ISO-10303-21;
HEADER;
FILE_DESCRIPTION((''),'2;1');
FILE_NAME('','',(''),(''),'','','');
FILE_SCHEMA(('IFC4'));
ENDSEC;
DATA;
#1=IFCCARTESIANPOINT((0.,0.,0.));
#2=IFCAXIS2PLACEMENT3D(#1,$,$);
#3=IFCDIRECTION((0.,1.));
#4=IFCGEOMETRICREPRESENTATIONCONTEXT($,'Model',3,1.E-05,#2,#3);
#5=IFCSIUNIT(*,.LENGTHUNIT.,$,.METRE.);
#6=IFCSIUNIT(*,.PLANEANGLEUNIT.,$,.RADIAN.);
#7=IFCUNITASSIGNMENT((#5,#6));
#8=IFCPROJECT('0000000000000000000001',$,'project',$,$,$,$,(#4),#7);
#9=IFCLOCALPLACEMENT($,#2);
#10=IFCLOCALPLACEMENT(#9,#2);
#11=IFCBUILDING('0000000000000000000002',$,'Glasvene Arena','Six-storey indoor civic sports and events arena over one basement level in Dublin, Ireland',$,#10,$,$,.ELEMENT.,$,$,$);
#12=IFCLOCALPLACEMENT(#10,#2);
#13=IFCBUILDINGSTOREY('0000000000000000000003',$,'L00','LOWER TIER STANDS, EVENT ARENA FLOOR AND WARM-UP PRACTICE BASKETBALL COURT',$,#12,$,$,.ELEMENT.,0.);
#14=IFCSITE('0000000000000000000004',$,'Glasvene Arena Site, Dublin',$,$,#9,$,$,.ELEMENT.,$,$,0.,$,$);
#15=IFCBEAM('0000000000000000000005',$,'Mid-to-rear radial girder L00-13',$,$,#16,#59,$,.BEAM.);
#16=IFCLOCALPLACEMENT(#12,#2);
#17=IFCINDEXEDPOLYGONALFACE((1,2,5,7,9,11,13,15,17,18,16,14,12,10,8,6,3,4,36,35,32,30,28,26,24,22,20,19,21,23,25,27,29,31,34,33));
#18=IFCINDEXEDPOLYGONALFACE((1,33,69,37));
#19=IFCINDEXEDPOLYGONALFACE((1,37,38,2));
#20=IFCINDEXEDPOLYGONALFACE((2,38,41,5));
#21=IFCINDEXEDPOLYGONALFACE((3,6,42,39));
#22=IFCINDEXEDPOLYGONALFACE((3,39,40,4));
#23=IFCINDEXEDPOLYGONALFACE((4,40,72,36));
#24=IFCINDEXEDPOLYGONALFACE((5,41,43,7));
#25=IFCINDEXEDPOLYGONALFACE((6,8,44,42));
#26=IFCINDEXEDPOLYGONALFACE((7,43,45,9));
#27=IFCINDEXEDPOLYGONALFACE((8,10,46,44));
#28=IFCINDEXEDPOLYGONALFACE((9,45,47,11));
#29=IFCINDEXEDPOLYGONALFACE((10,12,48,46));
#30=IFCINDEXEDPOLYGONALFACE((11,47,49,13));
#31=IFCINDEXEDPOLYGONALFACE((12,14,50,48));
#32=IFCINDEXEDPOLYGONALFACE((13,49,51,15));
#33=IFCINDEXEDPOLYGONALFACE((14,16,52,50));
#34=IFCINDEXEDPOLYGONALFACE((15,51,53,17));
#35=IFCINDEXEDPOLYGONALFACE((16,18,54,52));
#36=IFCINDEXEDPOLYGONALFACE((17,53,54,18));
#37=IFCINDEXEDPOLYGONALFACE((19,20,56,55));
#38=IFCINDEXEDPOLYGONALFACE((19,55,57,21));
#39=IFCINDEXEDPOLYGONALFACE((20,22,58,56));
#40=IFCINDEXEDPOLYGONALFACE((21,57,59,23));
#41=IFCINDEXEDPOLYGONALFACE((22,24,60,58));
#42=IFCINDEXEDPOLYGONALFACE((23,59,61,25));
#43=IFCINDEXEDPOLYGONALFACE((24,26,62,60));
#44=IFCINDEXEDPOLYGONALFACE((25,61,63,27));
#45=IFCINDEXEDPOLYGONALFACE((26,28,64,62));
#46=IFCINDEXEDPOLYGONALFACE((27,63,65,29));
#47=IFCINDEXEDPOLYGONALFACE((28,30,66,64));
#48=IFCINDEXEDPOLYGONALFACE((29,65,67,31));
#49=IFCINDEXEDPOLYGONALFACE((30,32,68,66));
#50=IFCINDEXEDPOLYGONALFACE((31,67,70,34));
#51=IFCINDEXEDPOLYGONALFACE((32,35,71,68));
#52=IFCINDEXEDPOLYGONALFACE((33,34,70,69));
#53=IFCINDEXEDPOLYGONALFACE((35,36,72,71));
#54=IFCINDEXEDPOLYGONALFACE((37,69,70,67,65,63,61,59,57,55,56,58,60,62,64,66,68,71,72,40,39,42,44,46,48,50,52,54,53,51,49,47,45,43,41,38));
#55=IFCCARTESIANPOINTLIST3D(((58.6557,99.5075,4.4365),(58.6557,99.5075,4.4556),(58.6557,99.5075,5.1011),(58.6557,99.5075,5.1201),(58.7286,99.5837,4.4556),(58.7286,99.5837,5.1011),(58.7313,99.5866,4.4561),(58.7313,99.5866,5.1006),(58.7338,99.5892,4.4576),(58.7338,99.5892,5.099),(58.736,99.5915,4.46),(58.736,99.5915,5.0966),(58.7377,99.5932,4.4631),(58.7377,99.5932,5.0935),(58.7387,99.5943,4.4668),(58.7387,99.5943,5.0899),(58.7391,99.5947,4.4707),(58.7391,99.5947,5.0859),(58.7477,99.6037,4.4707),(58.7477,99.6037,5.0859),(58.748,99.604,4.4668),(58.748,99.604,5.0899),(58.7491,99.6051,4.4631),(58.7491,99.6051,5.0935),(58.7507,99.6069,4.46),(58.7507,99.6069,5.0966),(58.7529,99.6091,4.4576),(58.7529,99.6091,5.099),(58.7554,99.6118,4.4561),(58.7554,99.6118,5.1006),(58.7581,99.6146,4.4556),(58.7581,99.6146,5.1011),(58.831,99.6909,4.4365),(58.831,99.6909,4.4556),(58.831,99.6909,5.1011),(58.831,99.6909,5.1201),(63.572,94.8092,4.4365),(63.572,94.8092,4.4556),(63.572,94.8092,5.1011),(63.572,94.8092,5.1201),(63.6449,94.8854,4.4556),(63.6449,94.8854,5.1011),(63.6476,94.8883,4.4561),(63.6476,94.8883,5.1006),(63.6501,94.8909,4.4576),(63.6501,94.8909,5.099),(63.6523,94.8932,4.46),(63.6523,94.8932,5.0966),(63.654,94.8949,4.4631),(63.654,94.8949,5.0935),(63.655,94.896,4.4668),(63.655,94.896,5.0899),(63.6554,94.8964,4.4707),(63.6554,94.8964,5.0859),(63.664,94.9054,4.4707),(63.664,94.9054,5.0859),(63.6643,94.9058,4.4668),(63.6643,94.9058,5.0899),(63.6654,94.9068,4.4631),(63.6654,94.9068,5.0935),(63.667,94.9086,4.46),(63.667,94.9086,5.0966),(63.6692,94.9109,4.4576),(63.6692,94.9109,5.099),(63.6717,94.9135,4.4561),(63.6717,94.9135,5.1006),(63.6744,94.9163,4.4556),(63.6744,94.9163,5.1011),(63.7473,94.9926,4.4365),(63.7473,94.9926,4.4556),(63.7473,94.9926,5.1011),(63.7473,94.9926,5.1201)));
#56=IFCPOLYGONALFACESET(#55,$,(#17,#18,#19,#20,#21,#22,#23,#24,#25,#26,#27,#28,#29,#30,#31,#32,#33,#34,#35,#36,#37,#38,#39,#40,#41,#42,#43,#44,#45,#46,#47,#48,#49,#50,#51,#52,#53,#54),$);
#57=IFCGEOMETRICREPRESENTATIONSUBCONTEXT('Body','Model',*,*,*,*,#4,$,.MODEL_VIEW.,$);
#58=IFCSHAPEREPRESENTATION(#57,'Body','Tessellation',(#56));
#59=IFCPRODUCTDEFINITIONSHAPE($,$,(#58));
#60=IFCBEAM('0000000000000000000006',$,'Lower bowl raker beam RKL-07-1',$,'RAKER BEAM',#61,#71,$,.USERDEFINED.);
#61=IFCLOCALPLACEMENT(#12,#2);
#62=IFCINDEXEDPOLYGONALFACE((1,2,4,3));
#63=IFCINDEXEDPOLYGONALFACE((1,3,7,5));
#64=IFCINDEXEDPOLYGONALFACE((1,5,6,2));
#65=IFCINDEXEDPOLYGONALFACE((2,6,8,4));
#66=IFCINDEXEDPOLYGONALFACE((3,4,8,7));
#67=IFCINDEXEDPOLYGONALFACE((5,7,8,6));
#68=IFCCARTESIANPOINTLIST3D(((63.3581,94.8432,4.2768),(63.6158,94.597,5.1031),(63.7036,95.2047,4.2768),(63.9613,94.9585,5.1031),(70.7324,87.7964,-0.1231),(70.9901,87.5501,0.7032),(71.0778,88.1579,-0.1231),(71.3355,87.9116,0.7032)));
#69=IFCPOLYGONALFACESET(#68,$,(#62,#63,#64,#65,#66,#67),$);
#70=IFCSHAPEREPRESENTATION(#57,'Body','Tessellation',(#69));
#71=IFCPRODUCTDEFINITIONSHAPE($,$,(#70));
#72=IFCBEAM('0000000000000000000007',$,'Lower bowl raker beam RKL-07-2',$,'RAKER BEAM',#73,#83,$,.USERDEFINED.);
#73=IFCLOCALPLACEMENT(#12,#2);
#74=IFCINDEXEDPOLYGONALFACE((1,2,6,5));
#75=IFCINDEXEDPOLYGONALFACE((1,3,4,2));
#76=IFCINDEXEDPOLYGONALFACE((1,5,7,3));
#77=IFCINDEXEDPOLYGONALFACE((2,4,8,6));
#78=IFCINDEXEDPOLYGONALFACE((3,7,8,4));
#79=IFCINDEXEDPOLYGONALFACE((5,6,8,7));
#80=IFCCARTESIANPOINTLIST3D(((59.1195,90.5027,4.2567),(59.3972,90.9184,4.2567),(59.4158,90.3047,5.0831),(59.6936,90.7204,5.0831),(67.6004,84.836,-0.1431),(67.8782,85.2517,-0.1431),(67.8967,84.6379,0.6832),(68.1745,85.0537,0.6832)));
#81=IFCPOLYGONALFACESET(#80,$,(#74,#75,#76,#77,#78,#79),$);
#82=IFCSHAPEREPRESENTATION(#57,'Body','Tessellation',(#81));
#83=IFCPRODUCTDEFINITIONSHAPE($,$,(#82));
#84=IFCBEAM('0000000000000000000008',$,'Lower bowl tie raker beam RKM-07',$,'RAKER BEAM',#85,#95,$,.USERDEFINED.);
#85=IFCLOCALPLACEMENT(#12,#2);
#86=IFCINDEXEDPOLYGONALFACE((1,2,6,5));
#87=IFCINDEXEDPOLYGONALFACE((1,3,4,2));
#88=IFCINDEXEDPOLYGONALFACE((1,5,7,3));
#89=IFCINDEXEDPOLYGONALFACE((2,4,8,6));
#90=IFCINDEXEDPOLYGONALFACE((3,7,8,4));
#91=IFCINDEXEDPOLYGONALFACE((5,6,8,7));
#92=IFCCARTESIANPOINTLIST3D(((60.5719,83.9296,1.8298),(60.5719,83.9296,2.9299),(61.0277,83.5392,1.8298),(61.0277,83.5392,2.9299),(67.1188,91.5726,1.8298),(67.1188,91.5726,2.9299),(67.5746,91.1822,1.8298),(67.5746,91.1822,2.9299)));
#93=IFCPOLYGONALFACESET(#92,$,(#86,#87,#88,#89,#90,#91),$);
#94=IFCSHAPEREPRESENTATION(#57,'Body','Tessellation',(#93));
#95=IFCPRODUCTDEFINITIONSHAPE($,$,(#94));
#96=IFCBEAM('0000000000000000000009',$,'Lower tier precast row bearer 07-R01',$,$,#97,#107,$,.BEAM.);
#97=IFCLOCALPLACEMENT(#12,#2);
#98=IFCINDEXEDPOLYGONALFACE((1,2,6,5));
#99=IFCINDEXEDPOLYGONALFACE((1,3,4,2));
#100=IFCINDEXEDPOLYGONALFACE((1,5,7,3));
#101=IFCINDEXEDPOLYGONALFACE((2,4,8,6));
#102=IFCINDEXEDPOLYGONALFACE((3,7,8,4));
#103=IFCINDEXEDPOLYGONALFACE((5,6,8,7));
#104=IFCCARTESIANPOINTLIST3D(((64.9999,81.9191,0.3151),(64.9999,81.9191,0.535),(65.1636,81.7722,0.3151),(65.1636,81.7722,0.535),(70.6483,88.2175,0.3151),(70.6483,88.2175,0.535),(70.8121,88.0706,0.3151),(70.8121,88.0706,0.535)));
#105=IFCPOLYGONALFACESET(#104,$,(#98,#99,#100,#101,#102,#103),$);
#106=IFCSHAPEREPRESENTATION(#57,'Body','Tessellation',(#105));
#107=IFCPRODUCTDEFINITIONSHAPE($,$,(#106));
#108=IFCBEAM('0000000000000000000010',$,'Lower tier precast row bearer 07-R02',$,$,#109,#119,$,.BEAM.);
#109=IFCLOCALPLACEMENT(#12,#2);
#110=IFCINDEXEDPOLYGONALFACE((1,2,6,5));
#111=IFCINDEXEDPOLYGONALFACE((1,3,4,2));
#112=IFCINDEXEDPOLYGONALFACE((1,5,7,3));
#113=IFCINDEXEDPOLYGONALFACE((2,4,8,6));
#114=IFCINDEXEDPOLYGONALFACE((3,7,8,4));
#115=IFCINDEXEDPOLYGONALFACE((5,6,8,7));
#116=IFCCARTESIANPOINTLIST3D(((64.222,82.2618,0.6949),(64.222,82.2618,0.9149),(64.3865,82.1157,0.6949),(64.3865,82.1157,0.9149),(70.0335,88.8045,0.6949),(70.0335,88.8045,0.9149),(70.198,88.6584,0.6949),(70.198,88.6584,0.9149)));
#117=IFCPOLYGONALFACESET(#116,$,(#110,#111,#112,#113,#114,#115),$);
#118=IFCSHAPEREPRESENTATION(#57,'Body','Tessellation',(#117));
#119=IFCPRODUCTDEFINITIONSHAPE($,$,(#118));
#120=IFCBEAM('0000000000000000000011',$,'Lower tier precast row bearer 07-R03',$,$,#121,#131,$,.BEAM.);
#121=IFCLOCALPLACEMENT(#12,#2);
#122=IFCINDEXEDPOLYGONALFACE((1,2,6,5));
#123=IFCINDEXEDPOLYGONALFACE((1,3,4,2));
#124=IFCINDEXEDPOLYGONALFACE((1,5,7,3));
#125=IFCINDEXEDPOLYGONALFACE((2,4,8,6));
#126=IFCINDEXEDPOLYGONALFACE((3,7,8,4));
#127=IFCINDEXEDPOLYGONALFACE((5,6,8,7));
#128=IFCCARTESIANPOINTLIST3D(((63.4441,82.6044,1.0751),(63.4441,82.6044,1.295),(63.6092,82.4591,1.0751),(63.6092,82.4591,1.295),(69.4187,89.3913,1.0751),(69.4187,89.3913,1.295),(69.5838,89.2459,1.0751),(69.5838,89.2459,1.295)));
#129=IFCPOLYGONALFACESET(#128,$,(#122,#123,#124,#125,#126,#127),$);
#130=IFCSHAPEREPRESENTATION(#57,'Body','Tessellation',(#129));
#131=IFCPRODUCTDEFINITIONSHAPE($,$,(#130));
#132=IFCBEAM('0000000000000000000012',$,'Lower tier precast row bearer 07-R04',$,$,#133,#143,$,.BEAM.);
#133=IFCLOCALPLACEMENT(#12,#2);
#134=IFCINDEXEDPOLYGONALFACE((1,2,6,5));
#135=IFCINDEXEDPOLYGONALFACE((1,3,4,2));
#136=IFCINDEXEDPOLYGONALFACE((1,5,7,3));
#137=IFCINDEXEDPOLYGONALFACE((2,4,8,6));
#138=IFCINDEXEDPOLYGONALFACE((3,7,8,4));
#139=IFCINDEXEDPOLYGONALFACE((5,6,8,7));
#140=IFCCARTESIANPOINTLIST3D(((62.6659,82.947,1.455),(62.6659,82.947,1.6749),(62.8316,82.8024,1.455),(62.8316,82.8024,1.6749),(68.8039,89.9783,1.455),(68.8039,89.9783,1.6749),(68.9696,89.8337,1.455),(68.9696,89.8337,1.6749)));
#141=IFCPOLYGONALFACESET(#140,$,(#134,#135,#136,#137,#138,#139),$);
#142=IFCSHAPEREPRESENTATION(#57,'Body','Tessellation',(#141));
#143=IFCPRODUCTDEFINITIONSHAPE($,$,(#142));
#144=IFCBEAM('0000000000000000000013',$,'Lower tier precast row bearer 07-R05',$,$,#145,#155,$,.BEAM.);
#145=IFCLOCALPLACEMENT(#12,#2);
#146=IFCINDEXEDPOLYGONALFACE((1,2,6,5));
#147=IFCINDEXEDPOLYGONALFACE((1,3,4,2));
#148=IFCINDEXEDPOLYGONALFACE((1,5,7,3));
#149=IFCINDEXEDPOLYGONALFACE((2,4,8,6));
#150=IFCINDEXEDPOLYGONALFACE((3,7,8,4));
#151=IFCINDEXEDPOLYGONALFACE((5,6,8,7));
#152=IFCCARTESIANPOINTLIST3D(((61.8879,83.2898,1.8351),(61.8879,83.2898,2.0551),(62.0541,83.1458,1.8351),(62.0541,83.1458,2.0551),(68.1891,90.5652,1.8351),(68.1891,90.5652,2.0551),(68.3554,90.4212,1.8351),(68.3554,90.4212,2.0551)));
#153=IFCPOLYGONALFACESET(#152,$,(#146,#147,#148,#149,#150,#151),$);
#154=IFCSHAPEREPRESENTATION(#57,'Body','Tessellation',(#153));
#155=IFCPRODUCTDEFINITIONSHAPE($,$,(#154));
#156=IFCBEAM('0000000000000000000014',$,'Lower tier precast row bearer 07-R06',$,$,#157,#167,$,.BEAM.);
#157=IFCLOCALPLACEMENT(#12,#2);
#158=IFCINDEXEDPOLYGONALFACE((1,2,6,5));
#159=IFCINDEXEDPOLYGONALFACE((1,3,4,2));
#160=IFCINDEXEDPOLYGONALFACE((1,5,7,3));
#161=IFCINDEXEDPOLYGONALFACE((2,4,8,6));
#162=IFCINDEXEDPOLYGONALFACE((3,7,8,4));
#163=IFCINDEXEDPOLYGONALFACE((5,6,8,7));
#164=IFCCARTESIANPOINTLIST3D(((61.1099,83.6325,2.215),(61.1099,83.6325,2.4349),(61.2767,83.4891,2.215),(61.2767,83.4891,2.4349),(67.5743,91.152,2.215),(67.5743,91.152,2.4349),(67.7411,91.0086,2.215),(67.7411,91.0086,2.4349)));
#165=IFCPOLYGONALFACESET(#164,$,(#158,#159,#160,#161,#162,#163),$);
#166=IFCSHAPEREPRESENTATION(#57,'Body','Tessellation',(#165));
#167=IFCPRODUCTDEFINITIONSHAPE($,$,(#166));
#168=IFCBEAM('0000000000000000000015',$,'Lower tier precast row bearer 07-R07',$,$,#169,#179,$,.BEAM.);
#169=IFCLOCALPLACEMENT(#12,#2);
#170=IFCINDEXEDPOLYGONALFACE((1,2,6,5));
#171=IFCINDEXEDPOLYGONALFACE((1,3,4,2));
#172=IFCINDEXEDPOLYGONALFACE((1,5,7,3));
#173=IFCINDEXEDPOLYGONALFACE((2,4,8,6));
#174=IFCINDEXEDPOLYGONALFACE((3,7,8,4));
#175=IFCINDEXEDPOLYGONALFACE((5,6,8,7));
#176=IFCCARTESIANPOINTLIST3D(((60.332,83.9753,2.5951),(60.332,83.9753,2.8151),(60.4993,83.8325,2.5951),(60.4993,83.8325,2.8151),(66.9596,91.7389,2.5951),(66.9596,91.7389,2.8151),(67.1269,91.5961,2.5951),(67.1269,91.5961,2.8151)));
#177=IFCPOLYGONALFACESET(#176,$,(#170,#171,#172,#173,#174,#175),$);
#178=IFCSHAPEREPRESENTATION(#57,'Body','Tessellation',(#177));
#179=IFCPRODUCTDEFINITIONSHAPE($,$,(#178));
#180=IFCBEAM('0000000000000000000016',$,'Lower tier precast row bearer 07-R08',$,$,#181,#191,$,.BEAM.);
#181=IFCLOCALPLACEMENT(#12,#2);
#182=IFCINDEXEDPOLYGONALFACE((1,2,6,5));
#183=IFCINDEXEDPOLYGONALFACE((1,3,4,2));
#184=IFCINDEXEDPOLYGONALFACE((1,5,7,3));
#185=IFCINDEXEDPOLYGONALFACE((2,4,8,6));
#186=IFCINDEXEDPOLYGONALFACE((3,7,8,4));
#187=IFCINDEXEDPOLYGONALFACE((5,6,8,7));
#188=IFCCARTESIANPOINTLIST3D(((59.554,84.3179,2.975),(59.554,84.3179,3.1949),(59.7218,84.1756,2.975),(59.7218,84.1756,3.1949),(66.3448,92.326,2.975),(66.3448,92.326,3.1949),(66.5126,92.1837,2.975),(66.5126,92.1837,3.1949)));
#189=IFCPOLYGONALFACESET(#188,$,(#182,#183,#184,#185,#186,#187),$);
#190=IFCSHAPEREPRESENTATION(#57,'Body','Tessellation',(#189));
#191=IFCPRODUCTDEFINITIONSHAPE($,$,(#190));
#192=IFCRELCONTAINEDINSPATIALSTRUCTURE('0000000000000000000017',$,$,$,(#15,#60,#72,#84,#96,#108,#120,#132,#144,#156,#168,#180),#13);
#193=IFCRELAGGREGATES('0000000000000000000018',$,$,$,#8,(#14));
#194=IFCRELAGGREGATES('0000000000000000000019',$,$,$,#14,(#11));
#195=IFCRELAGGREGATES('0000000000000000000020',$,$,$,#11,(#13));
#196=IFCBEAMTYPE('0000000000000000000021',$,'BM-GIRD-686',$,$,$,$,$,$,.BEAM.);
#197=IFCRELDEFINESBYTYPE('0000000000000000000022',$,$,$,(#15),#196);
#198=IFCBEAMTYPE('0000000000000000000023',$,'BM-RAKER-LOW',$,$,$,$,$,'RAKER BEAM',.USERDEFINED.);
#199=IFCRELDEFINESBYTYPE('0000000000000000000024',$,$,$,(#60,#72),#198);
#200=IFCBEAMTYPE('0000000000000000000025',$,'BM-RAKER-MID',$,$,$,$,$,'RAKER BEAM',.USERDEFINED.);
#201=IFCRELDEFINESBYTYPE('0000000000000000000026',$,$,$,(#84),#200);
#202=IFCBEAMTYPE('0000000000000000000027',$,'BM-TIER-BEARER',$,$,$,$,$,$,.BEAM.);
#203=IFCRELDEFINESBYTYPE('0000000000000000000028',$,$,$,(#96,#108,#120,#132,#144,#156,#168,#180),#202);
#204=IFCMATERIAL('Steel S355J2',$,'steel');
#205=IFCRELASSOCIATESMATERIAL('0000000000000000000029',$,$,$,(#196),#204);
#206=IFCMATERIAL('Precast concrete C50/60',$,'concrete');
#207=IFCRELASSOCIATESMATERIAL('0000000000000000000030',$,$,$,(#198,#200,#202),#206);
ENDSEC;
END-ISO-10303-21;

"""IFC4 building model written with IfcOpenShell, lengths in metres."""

from ifc_helpers import new_model, si_unit, direction, frame, origin, origin_2d, place, context, subcontext, project, spatial, rectangle, i_section, extrude, material, material_profile, profile_set, type_object, element, save


model = new_model("IFC4")

# Units and contexts
model_context = context("Model", 3, precision=1e-05, world=origin(), true_north=direction((0.0, 1.0)))
body_context = subcontext(model_context, "Body", "Model", "MODEL_VIEW")
ifc_project = project(units=[si_unit("LENGTHUNIT", "METRE"), si_unit("PLANEANGLEUNIT", "RADIAN")], contexts=[model_context])

# Site, building, storey
site_placement = place(None, origin())
site = spatial("IfcSite", under=ifc_project, at=site_placement, Name="Glasvene Arena Site, Dublin", CompositionType="ELEMENT", RefElevation=0.0)
building_placement = place(site_placement, origin())
building = spatial("IfcBuilding", under=site, at=building_placement, Name="Glasvene Arena", Description="Six-storey indoor civic sports and events arena over one basement level in Dublin, Ireland", CompositionType="ELEMENT")
storey_placement = place(building_placement, origin())
storey = spatial("IfcBuildingStorey", under=building, at=storey_placement, Name="L00", Description="LOWER TIER STANDS, EVENT ARENA FLOOR AND WARM-UP PRACTICE BASKETBALL COURT", CompositionType="ELEMENT", Elevation=0.0)

# Beams
ifc_material_1 = material(Name="Steel S355J2", Category="steel")
ifc_material_profile_1 = material_profile(ifc_material_1, i_section(OverallWidth=0.2537, OverallDepth=0.6836, WebThickness=0.0125, FlangeThickness=0.019, FilletRadius=0.0151, at=origin_2d()), Name="UKB 686x254x140")
ifc_profile_set_1 = profile_set([ifc_material_profile_1], Name="Steel S355J2")
beam_type_1 = type_object("IfcBeamType", Name="BM-GIRD-686", PredefinedType="BEAM", material=ifc_profile_set_1)
beam_1_placement = place(storey_placement, frame((63.6597, 94.9009, 4.7783), z_axis=(-0.722955, 0.690895, 0.0), x_axis=(-0.690895, -0.722955, 0.0)))
element("IfcBeam", 1, at=beam_1_placement, inside=storey, type_object=beam_type_1, Name="Mid-to-rear radial girder L00-13", PredefinedType="BEAM", context=body_context, shape_type="SweptSolid", body=[
    extrude(i_section(OverallWidth=0.2537, OverallDepth=0.6836, WebThickness=0.0125, FlangeThickness=0.019, FilletRadius=0.0151, at=origin_2d()), origin(), (0.0, 0.0, 1.0), 6.8003),
])
ifc_material_2 = material(Name="Precast concrete C50/60", Category="concrete")
ifc_material_profile_2 = material_profile(ifc_material_2, rectangle(XDim=0.5, YDim=0.8999, at=origin_2d()), Name="RC 500x900")
ifc_profile_set_2 = profile_set([ifc_material_profile_2], Name="Precast concrete C50/60")
beam_type_2 = type_object("IfcBeamType", Name="BM-RAKER-LOW", ElementType="RAKER BEAM", PredefinedType="USERDEFINED", material=ifc_profile_set_2)
for number, where, z_axis, x_axis, name in (
    (2, (71.0339, 87.854, 0.29), (-0.663844, 0.634371, 0.396086), (-0.690876, -0.722973, 0.0), "Lower bowl raker beam RKL-07-1"),
    (3, (67.8875, 84.9448, 0.27), (-0.763469, 0.510129, 0.396086), (-0.555567, -0.831472, 0.0), "Lower bowl raker beam RKL-07-2"),
):
    element("IfcBeam", number, at=place(storey_placement, frame(where, z_axis=z_axis, x_axis=x_axis)), inside=storey, type_object=beam_type_2, Name=name, ObjectType="RAKER BEAM", PredefinedType="USERDEFINED", context=body_context, shape_type="SweptSolid", body=[
        extrude(rectangle(XDim=0.5, YDim=0.8999, at=origin_2d()), origin(), (0.0, 0.0, 1.0), 11.1084),
    ])
ifc_material_profile_3 = material_profile(ifc_material_2, rectangle(XDim=0.6001, YDim=1.1001, at=origin_2d()), Name="RC 600x1100")
ifc_profile_set_3 = profile_set([ifc_material_profile_3], Name="Precast concrete C50/60")
beam_type_3 = type_object("IfcBeamType", Name="BM-RAKER-MID", ElementType="RAKER BEAM", PredefinedType="USERDEFINED", material=ifc_profile_set_3)
beam_2_placement = place(storey_placement, frame((67.3467, 91.3774, 2.3799), z_axis=(-0.650544, -0.759469, 0.0), x_axis=(0.759469, -0.650544, 0.0)))
element("IfcBeam", 4, at=beam_2_placement, inside=storey, type_object=beam_type_3, Name="Lower bowl tie raker beam RKM-07", ObjectType="RAKER BEAM", PredefinedType="USERDEFINED", context=body_context, shape_type="SweptSolid", body=[
    extrude(rectangle(XDim=0.6001, YDim=1.1001, at=origin_2d()), origin(), (0.0, 0.0, 1.0), 10.0637),
])
ifc_material_profile_4 = material_profile(ifc_material_2, rectangle(XDim=0.22, YDim=0.22, at=origin_2d()), Name="RC 220x220")
ifc_profile_set_4 = profile_set([ifc_material_profile_4], Name="Precast concrete C50/60")
beam_type_4 = type_object("IfcBeamType", Name="BM-TIER-BEARER", PredefinedType="BEAM", material=ifc_profile_set_4)
beam_3_placement = place(storey_placement, frame((70.7302, 88.144, 0.425), z_axis=(-0.667653, -0.744472, 0.0), x_axis=(0.744472, -0.667653, 0.0)))
element("IfcBeam", 5, at=beam_3_placement, inside=storey, type_object=beam_type_4, Name="Lower tier precast row bearer 07-R01", PredefinedType="BEAM", context=body_context, shape_type="SweptSolid", body=[
    extrude(rectangle(XDim=0.22, YDim=0.22, at=origin_2d()), origin(), (0.0, 0.0, 1.0), 8.4602),
])
beam_4_placement = place(storey_placement, frame((70.1157, 88.7314, 0.8049), z_axis=(-0.664094, -0.747649, 0.0), x_axis=(0.747649, -0.664094, 0.0)))
element("IfcBeam", 6, at=beam_4_placement, inside=storey, type_object=beam_type_4, Name="Lower tier precast row bearer 07-R02", PredefinedType="BEAM", context=body_context, shape_type="SweptSolid", body=[
    extrude(rectangle(XDim=0.22, YDim=0.22, at=origin_2d()), origin(), (0.0, 0.0, 1.0), 8.751),
])
beam_5_placement = place(storey_placement, frame((69.5012, 89.3186, 1.1851), z_axis=(-0.660763, -0.750595, 0.0), x_axis=(0.750595, -0.660763, 0.0)))
element("IfcBeam", 7, at=beam_5_placement, inside=storey, type_object=beam_type_4, Name="Lower tier precast row bearer 07-R03", PredefinedType="BEAM", context=body_context, shape_type="SweptSolid", body=[
    extrude(rectangle(XDim=0.22, YDim=0.22, at=origin_2d()), origin(), (0.0, 0.0, 1.0), 9.042),
])
beam_6_placement = place(storey_placement, frame((68.8867, 89.906, 1.5649), z_axis=(-0.65763, -0.753341, 0.0), x_axis=(0.753341, -0.65763, 0.0)))
element("IfcBeam", 8, at=beam_6_placement, inside=storey, type_object=beam_type_4, Name="Lower tier precast row bearer 07-R04", PredefinedType="BEAM", context=body_context, shape_type="SweptSolid", body=[
    extrude(rectangle(XDim=0.22, YDim=0.22, at=origin_2d()), origin(), (0.0, 0.0, 1.0), 9.3335),
])
beam_7_placement = place(storey_placement, frame((68.2722, 90.4932, 1.9451), z_axis=(-0.654689, -0.755898, 0.0), x_axis=(0.755898, -0.654689, 0.0)))
element("IfcBeam", 9, at=beam_7_placement, inside=storey, type_object=beam_type_4, Name="Lower tier precast row bearer 07-R05", PredefinedType="BEAM", context=body_context, shape_type="SweptSolid", body=[
    extrude(rectangle(XDim=0.22, YDim=0.22, at=origin_2d()), origin(), (0.0, 0.0, 1.0), 9.6248),
])
beam_8_placement = place(storey_placement, frame((67.6577, 91.0803, 2.325), z_axis=(-0.651898, -0.758307, 0.0), x_axis=(0.758307, -0.651898, 0.0)))
element("IfcBeam", 10, at=beam_8_placement, inside=storey, type_object=beam_type_4, Name="Lower tier precast row bearer 07-R06", PredefinedType="BEAM", context=body_context, shape_type="SweptSolid", body=[
    extrude(rectangle(XDim=0.22, YDim=0.22, at=origin_2d()), origin(), (0.0, 0.0, 1.0), 9.9163),
])
beam_9_placement = place(storey_placement, frame((67.0432, 91.6675, 2.7051), z_axis=(-0.649271, -0.760557, 0.0), x_axis=(0.760557, -0.649271, 0.0)))
element("IfcBeam", 11, at=beam_9_placement, inside=storey, type_object=beam_type_4, Name="Lower tier precast row bearer 07-R07", PredefinedType="BEAM", context=body_context, shape_type="SweptSolid", body=[
    extrude(rectangle(XDim=0.22, YDim=0.22, at=origin_2d()), origin(), (0.0, 0.0, 1.0), 10.2078),
])
beam_10_placement = place(storey_placement, frame((66.4287, 92.2549, 3.085), z_axis=(-0.646759, -0.762694, 0.0), x_axis=(0.762694, -0.646759, 0.0)))
element("IfcBeam", 12, at=beam_10_placement, inside=storey, type_object=beam_type_4, Name="Lower tier precast row bearer 07-R08", PredefinedType="BEAM", context=body_context, shape_type="SweptSolid", body=[
    extrude(rectangle(XDim=0.22, YDim=0.22, at=origin_2d()), origin(), (0.0, 0.0, 1.0), 10.4998),
])

save(model, "model.ifc")
